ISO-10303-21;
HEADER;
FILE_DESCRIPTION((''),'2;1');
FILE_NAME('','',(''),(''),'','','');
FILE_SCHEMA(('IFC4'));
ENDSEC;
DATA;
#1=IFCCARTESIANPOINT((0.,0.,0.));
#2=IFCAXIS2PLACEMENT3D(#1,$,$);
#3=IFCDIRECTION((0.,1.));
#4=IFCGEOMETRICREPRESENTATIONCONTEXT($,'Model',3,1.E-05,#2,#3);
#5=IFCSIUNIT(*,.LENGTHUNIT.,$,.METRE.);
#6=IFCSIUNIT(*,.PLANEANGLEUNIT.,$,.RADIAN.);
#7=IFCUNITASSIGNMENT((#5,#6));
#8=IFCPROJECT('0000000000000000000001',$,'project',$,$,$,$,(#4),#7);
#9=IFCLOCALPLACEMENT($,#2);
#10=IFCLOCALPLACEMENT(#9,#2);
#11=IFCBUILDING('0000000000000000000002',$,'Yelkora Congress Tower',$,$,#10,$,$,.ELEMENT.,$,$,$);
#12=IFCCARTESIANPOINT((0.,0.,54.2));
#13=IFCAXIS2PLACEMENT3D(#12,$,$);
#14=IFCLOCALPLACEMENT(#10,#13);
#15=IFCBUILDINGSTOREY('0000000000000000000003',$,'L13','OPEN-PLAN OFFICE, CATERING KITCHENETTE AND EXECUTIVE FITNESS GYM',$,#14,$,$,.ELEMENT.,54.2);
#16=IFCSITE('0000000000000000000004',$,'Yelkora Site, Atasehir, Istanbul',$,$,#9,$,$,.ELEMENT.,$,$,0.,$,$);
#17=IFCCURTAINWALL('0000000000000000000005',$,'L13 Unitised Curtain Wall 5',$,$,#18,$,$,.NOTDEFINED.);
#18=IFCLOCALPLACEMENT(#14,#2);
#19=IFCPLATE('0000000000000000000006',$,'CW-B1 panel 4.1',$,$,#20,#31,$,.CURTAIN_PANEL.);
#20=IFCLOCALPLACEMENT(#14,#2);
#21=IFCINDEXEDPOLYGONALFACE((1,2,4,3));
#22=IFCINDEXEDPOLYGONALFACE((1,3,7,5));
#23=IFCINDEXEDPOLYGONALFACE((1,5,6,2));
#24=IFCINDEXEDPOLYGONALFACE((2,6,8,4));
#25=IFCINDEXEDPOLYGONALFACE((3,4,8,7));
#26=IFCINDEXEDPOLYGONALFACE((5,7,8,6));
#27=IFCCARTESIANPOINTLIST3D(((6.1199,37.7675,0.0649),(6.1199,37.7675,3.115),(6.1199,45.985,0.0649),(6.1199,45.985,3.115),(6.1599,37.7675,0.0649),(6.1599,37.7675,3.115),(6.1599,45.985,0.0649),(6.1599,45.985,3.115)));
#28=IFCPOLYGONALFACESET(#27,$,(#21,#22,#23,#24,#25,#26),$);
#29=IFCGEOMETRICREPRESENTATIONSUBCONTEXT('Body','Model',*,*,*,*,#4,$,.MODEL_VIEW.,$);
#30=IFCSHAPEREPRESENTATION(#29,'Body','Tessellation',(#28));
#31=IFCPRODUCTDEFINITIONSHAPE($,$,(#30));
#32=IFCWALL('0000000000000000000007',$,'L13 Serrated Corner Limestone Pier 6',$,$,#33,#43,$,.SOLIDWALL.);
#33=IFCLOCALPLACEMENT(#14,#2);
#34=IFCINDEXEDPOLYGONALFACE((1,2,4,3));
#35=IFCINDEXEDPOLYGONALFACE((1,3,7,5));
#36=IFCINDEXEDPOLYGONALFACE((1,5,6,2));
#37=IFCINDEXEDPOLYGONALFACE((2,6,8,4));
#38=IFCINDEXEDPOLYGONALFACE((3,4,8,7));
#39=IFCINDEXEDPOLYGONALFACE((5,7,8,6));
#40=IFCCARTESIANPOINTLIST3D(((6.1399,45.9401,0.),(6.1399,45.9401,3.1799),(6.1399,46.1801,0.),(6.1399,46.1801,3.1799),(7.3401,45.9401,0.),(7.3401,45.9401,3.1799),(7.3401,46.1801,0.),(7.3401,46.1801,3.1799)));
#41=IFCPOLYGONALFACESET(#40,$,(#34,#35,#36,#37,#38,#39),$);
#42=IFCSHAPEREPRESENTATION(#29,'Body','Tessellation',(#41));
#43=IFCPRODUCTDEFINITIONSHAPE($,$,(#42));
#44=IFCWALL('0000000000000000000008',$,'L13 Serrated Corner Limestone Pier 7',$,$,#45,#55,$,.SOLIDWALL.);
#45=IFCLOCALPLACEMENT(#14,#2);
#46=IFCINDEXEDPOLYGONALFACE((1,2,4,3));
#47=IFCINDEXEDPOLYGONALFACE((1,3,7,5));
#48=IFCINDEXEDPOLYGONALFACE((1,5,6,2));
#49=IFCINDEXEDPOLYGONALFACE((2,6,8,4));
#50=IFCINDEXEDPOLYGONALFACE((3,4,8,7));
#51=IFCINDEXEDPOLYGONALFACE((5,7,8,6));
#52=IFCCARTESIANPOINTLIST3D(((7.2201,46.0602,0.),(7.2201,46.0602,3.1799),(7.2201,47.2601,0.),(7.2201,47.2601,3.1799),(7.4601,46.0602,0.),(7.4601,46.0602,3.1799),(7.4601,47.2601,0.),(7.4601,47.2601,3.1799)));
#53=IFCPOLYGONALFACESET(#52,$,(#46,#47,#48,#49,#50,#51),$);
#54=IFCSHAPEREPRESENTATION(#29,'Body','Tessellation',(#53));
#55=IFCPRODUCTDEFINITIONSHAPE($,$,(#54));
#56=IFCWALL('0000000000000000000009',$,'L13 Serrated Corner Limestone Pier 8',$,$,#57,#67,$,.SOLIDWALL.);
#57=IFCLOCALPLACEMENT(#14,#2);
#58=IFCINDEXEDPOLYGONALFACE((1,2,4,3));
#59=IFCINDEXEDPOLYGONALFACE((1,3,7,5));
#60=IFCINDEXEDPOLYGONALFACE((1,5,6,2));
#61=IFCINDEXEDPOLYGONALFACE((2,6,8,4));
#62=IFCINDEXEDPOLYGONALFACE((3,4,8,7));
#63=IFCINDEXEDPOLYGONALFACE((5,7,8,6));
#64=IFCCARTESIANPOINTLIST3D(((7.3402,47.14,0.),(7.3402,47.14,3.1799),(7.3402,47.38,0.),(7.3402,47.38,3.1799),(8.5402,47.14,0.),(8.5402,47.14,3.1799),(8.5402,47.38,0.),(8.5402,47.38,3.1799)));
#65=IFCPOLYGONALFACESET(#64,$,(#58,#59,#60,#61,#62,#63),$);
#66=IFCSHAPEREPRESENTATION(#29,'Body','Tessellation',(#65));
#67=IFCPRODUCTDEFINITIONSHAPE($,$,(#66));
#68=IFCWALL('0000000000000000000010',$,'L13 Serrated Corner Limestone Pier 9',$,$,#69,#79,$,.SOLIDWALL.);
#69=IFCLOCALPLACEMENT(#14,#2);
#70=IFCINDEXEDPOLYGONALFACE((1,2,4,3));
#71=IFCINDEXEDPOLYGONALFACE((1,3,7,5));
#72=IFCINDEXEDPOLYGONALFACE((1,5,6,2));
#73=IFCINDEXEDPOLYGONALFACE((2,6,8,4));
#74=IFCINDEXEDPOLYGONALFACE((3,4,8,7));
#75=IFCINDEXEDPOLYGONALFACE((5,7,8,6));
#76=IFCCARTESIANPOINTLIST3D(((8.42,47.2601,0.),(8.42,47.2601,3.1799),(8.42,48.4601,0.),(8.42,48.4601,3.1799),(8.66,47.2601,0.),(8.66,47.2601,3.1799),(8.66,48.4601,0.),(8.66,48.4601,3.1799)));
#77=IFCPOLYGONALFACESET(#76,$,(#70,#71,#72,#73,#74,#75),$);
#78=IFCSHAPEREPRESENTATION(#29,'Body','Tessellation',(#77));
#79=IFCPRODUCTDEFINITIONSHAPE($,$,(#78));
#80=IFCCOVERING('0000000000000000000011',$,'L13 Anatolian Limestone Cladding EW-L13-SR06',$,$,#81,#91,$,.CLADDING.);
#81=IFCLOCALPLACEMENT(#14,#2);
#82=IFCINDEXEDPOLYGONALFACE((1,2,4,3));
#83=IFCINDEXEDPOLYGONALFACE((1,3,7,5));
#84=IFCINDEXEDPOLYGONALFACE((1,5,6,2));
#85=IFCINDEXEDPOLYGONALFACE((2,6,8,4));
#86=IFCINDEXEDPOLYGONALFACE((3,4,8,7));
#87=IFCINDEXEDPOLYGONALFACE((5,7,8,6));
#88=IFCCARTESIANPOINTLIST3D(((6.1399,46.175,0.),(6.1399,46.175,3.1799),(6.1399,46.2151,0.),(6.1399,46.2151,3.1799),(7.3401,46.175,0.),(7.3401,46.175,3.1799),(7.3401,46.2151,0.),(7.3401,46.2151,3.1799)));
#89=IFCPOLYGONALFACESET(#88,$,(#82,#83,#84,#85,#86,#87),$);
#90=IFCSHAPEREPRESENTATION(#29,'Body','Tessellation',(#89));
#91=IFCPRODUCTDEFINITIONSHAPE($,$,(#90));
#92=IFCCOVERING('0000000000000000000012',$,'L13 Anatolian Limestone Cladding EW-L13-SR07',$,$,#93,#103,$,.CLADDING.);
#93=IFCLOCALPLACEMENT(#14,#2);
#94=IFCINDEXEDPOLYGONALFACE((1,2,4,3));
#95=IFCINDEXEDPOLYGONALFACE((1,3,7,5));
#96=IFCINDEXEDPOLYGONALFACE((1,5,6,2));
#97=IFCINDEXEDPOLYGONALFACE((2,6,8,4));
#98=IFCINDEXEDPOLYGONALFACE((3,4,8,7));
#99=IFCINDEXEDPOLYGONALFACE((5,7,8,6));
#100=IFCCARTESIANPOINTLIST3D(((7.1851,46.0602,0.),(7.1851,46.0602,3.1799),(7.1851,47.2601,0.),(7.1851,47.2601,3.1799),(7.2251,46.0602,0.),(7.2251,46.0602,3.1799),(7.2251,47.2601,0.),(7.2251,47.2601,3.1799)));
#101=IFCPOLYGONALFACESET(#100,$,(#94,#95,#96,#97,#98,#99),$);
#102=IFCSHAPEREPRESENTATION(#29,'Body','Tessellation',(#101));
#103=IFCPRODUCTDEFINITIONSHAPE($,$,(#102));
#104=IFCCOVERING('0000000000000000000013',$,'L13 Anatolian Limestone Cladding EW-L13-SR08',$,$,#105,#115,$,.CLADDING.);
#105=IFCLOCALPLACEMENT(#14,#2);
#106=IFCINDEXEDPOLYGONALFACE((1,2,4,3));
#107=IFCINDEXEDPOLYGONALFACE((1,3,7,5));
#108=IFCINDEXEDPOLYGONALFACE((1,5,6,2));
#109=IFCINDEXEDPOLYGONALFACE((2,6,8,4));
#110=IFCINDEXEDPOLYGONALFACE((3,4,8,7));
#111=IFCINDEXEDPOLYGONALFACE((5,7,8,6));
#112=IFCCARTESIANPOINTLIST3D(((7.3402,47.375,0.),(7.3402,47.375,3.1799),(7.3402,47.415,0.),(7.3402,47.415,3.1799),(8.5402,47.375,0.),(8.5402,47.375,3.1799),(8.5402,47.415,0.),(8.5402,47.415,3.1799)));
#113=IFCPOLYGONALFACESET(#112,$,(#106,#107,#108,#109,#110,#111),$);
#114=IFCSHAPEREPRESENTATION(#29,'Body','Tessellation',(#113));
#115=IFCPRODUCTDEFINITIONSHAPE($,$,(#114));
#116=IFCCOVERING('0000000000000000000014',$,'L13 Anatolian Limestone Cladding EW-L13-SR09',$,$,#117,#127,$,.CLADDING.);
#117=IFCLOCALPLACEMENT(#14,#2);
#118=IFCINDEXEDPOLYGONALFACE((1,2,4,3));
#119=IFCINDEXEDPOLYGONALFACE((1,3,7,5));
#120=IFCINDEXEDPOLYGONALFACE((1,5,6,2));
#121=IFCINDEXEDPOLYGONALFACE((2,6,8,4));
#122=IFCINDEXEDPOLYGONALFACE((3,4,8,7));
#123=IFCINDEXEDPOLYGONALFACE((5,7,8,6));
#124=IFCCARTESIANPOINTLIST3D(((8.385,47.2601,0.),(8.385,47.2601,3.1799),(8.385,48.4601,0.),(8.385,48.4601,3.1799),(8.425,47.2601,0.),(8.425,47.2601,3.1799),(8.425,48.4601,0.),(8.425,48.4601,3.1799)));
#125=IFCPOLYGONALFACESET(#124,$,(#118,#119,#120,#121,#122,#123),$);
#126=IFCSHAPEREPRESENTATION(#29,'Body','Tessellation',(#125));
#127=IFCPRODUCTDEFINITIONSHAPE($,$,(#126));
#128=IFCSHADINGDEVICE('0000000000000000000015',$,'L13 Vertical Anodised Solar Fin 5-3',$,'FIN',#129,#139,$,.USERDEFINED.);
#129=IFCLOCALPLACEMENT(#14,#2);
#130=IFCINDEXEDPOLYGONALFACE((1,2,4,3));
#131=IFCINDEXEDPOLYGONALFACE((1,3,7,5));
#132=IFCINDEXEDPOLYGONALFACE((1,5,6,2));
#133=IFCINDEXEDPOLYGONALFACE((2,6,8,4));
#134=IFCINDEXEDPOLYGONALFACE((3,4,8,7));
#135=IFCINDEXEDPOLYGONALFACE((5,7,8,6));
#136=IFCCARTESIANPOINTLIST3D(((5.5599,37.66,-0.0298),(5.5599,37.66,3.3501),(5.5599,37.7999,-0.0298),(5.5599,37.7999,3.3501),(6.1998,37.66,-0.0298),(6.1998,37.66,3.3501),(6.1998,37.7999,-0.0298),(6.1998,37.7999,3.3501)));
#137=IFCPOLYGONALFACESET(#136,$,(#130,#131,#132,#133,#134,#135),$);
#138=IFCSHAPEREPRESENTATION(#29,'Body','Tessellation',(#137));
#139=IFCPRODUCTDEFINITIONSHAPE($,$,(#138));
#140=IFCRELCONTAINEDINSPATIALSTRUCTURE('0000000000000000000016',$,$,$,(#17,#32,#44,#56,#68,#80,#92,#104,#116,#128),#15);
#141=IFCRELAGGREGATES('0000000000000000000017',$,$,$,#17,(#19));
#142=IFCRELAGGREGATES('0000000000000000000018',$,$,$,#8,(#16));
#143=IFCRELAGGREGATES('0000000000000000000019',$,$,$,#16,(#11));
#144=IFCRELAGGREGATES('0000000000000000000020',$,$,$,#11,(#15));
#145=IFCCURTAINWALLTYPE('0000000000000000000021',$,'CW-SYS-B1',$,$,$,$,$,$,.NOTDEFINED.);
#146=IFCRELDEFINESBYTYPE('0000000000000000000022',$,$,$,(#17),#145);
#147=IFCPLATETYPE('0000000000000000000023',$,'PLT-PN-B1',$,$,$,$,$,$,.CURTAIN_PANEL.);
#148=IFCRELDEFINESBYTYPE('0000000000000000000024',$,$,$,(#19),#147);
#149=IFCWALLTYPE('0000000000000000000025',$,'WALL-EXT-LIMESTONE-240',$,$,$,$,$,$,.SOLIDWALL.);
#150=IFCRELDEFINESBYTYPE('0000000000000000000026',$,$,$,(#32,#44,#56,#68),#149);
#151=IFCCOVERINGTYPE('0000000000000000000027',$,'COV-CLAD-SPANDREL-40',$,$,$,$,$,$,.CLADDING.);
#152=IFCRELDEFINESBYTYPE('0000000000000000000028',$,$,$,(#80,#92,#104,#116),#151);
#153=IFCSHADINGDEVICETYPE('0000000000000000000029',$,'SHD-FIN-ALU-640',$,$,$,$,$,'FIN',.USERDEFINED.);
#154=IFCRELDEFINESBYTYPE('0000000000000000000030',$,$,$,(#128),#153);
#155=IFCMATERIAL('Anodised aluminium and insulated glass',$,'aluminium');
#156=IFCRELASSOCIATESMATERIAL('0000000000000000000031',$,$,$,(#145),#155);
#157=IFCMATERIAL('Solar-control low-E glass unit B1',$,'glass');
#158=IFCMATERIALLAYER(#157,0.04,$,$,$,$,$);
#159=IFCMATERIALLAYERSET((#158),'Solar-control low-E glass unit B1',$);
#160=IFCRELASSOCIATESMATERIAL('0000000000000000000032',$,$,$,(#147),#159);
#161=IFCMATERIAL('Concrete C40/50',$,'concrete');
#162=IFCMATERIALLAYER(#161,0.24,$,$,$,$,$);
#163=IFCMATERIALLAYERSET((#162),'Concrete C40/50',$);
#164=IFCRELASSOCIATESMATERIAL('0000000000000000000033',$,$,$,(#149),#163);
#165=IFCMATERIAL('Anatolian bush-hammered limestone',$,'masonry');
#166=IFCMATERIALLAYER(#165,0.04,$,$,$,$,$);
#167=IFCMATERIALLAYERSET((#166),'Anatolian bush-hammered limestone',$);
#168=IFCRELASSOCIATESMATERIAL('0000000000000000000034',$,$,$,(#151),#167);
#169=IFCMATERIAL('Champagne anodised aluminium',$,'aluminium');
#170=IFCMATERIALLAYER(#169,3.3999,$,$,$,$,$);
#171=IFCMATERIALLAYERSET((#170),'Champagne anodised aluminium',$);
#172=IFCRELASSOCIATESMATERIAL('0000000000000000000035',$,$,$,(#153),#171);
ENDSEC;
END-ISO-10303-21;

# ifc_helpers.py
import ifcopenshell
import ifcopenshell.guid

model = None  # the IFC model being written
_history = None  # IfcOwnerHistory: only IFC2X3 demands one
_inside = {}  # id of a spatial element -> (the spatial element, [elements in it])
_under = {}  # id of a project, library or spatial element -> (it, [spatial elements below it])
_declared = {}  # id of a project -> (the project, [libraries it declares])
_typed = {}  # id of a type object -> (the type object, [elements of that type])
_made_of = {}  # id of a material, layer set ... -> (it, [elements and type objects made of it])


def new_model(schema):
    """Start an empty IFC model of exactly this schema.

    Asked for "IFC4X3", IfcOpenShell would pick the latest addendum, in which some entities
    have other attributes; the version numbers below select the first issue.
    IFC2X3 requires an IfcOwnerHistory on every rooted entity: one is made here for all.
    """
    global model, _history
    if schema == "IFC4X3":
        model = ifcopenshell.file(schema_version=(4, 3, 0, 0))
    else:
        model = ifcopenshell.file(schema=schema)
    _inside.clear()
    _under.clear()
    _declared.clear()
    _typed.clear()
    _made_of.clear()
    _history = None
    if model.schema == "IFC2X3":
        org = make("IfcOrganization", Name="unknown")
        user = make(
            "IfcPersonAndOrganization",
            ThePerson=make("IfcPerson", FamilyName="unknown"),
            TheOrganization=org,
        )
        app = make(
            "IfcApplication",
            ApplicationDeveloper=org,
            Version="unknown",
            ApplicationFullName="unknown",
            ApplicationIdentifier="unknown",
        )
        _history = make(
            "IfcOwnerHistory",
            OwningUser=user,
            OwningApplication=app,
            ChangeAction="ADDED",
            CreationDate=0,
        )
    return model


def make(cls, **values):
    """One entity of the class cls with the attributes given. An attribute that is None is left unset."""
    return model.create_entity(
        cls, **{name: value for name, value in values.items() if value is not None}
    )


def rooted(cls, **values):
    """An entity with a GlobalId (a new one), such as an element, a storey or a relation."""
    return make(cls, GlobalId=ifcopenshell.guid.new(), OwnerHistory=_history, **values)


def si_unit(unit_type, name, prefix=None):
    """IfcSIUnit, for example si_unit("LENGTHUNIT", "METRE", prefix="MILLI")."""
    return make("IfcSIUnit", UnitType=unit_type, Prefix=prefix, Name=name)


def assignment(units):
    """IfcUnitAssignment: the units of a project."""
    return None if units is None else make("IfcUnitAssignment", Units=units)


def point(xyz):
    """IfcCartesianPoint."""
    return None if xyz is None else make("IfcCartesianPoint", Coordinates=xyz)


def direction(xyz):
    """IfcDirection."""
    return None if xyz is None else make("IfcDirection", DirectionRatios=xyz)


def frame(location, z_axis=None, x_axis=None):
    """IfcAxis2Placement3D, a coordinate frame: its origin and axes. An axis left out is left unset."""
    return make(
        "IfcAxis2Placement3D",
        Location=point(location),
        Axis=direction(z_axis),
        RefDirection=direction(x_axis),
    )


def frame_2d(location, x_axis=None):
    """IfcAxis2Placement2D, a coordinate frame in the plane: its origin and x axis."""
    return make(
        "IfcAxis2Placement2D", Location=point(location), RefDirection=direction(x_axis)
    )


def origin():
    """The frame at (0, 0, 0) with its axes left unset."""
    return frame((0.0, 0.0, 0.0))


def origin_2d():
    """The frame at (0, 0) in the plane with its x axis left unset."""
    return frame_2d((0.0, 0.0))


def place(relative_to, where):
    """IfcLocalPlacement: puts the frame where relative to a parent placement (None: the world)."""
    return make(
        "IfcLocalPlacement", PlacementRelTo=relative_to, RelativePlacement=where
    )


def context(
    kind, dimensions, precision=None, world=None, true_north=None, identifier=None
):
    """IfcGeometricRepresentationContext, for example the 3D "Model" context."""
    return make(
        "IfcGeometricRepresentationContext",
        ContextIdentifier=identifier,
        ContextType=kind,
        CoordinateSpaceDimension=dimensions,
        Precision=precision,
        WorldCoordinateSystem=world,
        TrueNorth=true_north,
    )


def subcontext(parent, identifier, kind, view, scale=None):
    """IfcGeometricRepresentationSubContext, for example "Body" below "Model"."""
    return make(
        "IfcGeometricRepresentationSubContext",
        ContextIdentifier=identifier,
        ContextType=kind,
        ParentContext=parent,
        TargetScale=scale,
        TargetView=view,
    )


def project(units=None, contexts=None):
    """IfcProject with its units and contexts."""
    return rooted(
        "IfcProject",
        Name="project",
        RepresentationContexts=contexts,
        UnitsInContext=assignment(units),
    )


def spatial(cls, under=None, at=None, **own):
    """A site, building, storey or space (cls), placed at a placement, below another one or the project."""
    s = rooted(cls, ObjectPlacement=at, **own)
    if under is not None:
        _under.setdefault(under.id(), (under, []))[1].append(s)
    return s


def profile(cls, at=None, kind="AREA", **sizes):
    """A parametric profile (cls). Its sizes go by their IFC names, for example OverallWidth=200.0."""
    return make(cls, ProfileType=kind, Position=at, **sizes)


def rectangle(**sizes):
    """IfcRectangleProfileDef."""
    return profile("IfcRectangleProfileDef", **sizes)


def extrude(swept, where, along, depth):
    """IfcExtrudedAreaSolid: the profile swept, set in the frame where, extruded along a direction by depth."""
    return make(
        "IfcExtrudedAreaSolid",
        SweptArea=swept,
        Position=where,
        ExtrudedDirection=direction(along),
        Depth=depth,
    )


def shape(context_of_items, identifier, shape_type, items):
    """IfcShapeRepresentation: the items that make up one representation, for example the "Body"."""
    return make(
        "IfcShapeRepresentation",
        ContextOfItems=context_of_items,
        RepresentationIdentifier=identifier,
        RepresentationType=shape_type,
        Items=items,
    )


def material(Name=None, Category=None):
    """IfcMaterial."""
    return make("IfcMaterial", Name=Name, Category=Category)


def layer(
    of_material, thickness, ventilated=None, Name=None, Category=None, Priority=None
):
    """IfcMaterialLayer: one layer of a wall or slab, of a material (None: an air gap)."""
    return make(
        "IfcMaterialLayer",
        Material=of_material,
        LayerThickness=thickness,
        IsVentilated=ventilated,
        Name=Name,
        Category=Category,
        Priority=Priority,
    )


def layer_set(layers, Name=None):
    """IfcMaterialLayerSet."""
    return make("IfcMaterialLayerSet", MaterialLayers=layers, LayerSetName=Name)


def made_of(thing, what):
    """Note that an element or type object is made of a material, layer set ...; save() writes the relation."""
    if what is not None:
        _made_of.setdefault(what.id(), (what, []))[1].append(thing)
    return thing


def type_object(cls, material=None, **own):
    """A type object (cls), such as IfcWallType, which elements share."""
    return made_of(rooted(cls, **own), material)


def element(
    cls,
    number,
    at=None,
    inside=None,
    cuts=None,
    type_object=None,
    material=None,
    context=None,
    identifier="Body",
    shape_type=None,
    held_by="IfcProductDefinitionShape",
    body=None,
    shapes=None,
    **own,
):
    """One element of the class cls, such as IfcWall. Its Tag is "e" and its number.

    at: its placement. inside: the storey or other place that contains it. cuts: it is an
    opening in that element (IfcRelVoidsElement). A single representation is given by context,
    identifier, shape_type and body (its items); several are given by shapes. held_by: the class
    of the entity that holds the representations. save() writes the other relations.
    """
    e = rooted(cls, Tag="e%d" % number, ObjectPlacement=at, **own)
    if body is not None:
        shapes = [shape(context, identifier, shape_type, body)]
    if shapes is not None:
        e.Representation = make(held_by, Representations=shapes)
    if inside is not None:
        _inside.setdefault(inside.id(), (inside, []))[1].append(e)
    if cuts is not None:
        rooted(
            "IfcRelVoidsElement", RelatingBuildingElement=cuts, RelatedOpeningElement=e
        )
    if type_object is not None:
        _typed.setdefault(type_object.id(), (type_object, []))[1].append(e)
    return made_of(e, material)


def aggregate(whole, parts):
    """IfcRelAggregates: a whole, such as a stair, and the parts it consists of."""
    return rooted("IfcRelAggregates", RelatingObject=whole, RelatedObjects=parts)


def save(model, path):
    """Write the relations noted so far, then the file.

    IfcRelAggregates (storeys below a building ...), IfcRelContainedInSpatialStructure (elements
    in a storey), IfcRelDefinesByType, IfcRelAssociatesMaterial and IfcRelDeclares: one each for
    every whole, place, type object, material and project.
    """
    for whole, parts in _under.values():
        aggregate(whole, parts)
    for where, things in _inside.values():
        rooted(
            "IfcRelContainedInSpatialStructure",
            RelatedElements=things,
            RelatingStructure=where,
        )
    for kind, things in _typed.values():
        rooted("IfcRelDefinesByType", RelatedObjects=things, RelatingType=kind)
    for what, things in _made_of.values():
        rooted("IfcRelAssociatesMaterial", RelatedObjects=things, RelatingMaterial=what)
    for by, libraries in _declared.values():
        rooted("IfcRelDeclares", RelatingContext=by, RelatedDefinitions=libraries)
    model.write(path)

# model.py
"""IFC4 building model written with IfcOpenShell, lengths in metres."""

from ifc_helpers import new_model, si_unit, direction, frame, frame_2d, origin, origin_2d, place, context, subcontext, project, spatial, rectangle, extrude, material, layer, layer_set, type_object, element, aggregate, save


model = new_model("IFC4")

# Units and contexts
model_context = context("Model", 3, precision=1e-05, world=origin(), true_north=direction((0.0, 1.0)))
body_context = subcontext(model_context, "Body", "Model", "MODEL_VIEW")
ifc_project = project(units=[si_unit("LENGTHUNIT", "METRE"), si_unit("PLANEANGLEUNIT", "RADIAN")], contexts=[model_context])

# Site, building, storey
site_placement = place(None, origin())
site = spatial("IfcSite", under=ifc_project, at=site_placement, Name="Yelkora Site, Atasehir, Istanbul", CompositionType="ELEMENT", RefElevation=0.0)
building_placement = place(site_placement, origin())
building = spatial("IfcBuilding", under=site, at=building_placement, Name="Yelkora Congress Tower", CompositionType="ELEMENT")
storey_placement = place(building_placement, frame((0.0, 0.0, 54.2)))
storey = spatial("IfcBuildingStorey", under=building, at=storey_placement, Name="L13", Description="OPEN-PLAN OFFICE, CATERING KITCHENETTE AND EXECUTIVE FITNESS GYM", CompositionType="ELEMENT", Elevation=54.2)

# Curtain wall
ifc_material_1 = material(Name="Anodised aluminium and insulated glass", Category="aluminium")
curtain_wall_type = type_object("IfcCurtainWallType", Name="CW-SYS-B1", PredefinedType="NOTDEFINED", material=ifc_material_1)
curtain_wall_1_placement = place(storey_placement, origin())
curtain_wall_1 = element("IfcCurtainWall", 1, at=curtain_wall_1_placement, inside=storey, type_object=curtain_wall_type, Name="L13 Unitised Curtain Wall 5", PredefinedType="NOTDEFINED")

# Plate
ifc_material_2 = material(Name="Solar-control low-E glass unit B1", Category="glass")
ifc_layer_1 = layer(ifc_material_2, 0.04)
ifc_layer_set_1 = layer_set([ifc_layer_1], Name="Solar-control low-E glass unit B1")
plate_type = type_object("IfcPlateType", Name="PLT-PN-B1", PredefinedType="CURTAIN_PANEL", material=ifc_layer_set_1)
plate_1_placement = place(storey_placement, frame((6.1399, 41.8762, 0.0649), z_axis=(0.0, 0.0, 1.0), x_axis=(0.0, 1.0, 0.0)))
plate_1 = element("IfcPlate", 2, at=plate_1_placement, type_object=plate_type, Name="CW-B1 panel 4.1", PredefinedType="CURTAIN_PANEL", context=body_context, shape_type="SweptSolid", body=[
    extrude(rectangle(XDim=8.2175, YDim=0.04, at=origin_2d()), origin(), (0.0, 0.0, 1.0), 3.05),
])
aggregate(curtain_wall_1, [plate_1])

# Walls
ifc_material_3 = material(Name="Concrete C40/50", Category="concrete")
ifc_layer_2 = layer(ifc_material_3, 0.24)
ifc_layer_set_2 = layer_set([ifc_layer_2], Name="Concrete C40/50")
wall_type = type_object("IfcWallType", Name="WALL-EXT-LIMESTONE-240", PredefinedType="SOLIDWALL", material=ifc_layer_set_2)
wall_placement = place(storey_placement, frame((6.1399, 46.0601, 0.0), z_axis=(0.0, 0.0, 1.0), x_axis=(1.0, 0.0, 0.0)))
element("IfcWall", 3, at=wall_placement, inside=storey, type_object=wall_type, Name="L13 Serrated Corner Limestone Pier 6", PredefinedType="SOLIDWALL", context=body_context, shape_type="SweptSolid", body=[
    extrude(rectangle(XDim=1.2002, YDim=0.24, at=frame_2d((0.6001, 0.0))), origin(), (0.0, 0.0, 1.0), 3.1799),
])
for number, where, z_axis, x_axis, name in (
    (4, (7.3401, 46.0601, 0.0), (0.0, 0.0, 1.0), (0.0, 1.0, 0.0), "L13 Serrated Corner Limestone Pier 7"),
    (5, (7.3401, 47.26, 0.0), (0.0, 0.0, 1.0), (1.0, 0.0, 0.0), "L13 Serrated Corner Limestone Pier 8"),
    (6, (8.54, 47.26, 0.0), (0.0, 0.0, 1.0), (0.0, 1.0, 0.0), "L13 Serrated Corner Limestone Pier 9"),
):
    element("IfcWall", number, at=place(storey_placement, frame(where, z_axis=z_axis, x_axis=x_axis)), inside=storey, type_object=wall_type, Name=name, PredefinedType="SOLIDWALL", context=body_context, shape_type="SweptSolid", body=[
        extrude(rectangle(XDim=1.2, YDim=0.24, at=frame_2d((0.6001, 0.0))), origin(), (0.0, 0.0, 1.0), 3.1799),
    ])

# Coverings
ifc_material_4 = material(Name="Anatolian bush-hammered limestone", Category="masonry")
ifc_layer_3 = layer(ifc_material_4, 0.04)
ifc_layer_set_3 = layer_set([ifc_layer_3], Name="Anatolian bush-hammered limestone")
covering_type = type_object("IfcCoveringType", Name="COV-CLAD-SPANDREL-40", PredefinedType="CLADDING", material=ifc_layer_set_3)
covering_placement = place(storey_placement, frame((6.1399, 46.1951, 0.0), z_axis=(0.0, 0.0, 1.0), x_axis=(1.0, 0.0, 0.0)))
element("IfcCovering", 7, at=covering_placement, inside=storey, type_object=covering_type, Name="L13 Anatolian Limestone Cladding EW-L13-SR06", PredefinedType="CLADDING", context=body_context, shape_type="SweptSolid", body=[
    extrude(rectangle(XDim=1.2002, YDim=0.04, at=frame_2d((0.6001, 0.0))), origin(), (0.0, 0.0, 1.0), 3.1799),
])
for number, where, z_axis, x_axis, name in (
    (8, (7.2051, 46.0601, 0.0), (0.0, 0.0, 1.0), (0.0, 1.0, 0.0), "L13 Anatolian Limestone Cladding EW-L13-SR07"),
    (9, (7.3401, 47.395, 0.0), (0.0, 0.0, 1.0), (1.0, 0.0, 0.0), "L13 Anatolian Limestone Cladding EW-L13-SR08"),
    (10, (8.405, 47.26, 0.0), (0.0, 0.0, 1.0), (0.0, 1.0, 0.0), "L13 Anatolian Limestone Cladding EW-L13-SR09"),
):
    element("IfcCovering", number, at=place(storey_placement, frame(where, z_axis=z_axis, x_axis=x_axis)), inside=storey, type_object=covering_type, Name=name, PredefinedType="CLADDING", context=body_context, shape_type="SweptSolid", body=[
        extrude(rectangle(XDim=1.2, YDim=0.04, at=frame_2d((0.6001, 0.0))), origin(), (0.0, 0.0, 1.0), 3.1799),
    ])

# Shading device
ifc_material_5 = material(Name="Champagne anodised aluminium", Category="aluminium")
ifc_layer_4 = layer(ifc_material_5, 3.3999)
ifc_layer_set_4 = layer_set([ifc_layer_4], Name="Champagne anodised aluminium")
shading_device_type = type_object("IfcShadingDeviceType", Name="SHD-FIN-ALU-640", ElementType="FIN", PredefinedType="USERDEFINED", material=ifc_layer_set_4)
shading_device_placement = place(storey_placement, frame((5.8799, 37.73, -0.0298), z_axis=(0.0, 0.0, 1.0), x_axis=(0.0, 1.0, 0.0)))
element("IfcShadingDevice", 11, at=shading_device_placement, inside=storey, type_object=shading_device_type, Name="L13 Vertical Anodised Solar Fin 5-3", ObjectType="FIN", PredefinedType="USERDEFINED", context=body_context, shape_type="SweptSolid", body=[
    extrude(rectangle(XDim=0.1399, YDim=0.6399, at=origin_2d()), origin(), (0.0, 0.0, 1.0), 3.3799),
])

save(model, "model.ifc")
